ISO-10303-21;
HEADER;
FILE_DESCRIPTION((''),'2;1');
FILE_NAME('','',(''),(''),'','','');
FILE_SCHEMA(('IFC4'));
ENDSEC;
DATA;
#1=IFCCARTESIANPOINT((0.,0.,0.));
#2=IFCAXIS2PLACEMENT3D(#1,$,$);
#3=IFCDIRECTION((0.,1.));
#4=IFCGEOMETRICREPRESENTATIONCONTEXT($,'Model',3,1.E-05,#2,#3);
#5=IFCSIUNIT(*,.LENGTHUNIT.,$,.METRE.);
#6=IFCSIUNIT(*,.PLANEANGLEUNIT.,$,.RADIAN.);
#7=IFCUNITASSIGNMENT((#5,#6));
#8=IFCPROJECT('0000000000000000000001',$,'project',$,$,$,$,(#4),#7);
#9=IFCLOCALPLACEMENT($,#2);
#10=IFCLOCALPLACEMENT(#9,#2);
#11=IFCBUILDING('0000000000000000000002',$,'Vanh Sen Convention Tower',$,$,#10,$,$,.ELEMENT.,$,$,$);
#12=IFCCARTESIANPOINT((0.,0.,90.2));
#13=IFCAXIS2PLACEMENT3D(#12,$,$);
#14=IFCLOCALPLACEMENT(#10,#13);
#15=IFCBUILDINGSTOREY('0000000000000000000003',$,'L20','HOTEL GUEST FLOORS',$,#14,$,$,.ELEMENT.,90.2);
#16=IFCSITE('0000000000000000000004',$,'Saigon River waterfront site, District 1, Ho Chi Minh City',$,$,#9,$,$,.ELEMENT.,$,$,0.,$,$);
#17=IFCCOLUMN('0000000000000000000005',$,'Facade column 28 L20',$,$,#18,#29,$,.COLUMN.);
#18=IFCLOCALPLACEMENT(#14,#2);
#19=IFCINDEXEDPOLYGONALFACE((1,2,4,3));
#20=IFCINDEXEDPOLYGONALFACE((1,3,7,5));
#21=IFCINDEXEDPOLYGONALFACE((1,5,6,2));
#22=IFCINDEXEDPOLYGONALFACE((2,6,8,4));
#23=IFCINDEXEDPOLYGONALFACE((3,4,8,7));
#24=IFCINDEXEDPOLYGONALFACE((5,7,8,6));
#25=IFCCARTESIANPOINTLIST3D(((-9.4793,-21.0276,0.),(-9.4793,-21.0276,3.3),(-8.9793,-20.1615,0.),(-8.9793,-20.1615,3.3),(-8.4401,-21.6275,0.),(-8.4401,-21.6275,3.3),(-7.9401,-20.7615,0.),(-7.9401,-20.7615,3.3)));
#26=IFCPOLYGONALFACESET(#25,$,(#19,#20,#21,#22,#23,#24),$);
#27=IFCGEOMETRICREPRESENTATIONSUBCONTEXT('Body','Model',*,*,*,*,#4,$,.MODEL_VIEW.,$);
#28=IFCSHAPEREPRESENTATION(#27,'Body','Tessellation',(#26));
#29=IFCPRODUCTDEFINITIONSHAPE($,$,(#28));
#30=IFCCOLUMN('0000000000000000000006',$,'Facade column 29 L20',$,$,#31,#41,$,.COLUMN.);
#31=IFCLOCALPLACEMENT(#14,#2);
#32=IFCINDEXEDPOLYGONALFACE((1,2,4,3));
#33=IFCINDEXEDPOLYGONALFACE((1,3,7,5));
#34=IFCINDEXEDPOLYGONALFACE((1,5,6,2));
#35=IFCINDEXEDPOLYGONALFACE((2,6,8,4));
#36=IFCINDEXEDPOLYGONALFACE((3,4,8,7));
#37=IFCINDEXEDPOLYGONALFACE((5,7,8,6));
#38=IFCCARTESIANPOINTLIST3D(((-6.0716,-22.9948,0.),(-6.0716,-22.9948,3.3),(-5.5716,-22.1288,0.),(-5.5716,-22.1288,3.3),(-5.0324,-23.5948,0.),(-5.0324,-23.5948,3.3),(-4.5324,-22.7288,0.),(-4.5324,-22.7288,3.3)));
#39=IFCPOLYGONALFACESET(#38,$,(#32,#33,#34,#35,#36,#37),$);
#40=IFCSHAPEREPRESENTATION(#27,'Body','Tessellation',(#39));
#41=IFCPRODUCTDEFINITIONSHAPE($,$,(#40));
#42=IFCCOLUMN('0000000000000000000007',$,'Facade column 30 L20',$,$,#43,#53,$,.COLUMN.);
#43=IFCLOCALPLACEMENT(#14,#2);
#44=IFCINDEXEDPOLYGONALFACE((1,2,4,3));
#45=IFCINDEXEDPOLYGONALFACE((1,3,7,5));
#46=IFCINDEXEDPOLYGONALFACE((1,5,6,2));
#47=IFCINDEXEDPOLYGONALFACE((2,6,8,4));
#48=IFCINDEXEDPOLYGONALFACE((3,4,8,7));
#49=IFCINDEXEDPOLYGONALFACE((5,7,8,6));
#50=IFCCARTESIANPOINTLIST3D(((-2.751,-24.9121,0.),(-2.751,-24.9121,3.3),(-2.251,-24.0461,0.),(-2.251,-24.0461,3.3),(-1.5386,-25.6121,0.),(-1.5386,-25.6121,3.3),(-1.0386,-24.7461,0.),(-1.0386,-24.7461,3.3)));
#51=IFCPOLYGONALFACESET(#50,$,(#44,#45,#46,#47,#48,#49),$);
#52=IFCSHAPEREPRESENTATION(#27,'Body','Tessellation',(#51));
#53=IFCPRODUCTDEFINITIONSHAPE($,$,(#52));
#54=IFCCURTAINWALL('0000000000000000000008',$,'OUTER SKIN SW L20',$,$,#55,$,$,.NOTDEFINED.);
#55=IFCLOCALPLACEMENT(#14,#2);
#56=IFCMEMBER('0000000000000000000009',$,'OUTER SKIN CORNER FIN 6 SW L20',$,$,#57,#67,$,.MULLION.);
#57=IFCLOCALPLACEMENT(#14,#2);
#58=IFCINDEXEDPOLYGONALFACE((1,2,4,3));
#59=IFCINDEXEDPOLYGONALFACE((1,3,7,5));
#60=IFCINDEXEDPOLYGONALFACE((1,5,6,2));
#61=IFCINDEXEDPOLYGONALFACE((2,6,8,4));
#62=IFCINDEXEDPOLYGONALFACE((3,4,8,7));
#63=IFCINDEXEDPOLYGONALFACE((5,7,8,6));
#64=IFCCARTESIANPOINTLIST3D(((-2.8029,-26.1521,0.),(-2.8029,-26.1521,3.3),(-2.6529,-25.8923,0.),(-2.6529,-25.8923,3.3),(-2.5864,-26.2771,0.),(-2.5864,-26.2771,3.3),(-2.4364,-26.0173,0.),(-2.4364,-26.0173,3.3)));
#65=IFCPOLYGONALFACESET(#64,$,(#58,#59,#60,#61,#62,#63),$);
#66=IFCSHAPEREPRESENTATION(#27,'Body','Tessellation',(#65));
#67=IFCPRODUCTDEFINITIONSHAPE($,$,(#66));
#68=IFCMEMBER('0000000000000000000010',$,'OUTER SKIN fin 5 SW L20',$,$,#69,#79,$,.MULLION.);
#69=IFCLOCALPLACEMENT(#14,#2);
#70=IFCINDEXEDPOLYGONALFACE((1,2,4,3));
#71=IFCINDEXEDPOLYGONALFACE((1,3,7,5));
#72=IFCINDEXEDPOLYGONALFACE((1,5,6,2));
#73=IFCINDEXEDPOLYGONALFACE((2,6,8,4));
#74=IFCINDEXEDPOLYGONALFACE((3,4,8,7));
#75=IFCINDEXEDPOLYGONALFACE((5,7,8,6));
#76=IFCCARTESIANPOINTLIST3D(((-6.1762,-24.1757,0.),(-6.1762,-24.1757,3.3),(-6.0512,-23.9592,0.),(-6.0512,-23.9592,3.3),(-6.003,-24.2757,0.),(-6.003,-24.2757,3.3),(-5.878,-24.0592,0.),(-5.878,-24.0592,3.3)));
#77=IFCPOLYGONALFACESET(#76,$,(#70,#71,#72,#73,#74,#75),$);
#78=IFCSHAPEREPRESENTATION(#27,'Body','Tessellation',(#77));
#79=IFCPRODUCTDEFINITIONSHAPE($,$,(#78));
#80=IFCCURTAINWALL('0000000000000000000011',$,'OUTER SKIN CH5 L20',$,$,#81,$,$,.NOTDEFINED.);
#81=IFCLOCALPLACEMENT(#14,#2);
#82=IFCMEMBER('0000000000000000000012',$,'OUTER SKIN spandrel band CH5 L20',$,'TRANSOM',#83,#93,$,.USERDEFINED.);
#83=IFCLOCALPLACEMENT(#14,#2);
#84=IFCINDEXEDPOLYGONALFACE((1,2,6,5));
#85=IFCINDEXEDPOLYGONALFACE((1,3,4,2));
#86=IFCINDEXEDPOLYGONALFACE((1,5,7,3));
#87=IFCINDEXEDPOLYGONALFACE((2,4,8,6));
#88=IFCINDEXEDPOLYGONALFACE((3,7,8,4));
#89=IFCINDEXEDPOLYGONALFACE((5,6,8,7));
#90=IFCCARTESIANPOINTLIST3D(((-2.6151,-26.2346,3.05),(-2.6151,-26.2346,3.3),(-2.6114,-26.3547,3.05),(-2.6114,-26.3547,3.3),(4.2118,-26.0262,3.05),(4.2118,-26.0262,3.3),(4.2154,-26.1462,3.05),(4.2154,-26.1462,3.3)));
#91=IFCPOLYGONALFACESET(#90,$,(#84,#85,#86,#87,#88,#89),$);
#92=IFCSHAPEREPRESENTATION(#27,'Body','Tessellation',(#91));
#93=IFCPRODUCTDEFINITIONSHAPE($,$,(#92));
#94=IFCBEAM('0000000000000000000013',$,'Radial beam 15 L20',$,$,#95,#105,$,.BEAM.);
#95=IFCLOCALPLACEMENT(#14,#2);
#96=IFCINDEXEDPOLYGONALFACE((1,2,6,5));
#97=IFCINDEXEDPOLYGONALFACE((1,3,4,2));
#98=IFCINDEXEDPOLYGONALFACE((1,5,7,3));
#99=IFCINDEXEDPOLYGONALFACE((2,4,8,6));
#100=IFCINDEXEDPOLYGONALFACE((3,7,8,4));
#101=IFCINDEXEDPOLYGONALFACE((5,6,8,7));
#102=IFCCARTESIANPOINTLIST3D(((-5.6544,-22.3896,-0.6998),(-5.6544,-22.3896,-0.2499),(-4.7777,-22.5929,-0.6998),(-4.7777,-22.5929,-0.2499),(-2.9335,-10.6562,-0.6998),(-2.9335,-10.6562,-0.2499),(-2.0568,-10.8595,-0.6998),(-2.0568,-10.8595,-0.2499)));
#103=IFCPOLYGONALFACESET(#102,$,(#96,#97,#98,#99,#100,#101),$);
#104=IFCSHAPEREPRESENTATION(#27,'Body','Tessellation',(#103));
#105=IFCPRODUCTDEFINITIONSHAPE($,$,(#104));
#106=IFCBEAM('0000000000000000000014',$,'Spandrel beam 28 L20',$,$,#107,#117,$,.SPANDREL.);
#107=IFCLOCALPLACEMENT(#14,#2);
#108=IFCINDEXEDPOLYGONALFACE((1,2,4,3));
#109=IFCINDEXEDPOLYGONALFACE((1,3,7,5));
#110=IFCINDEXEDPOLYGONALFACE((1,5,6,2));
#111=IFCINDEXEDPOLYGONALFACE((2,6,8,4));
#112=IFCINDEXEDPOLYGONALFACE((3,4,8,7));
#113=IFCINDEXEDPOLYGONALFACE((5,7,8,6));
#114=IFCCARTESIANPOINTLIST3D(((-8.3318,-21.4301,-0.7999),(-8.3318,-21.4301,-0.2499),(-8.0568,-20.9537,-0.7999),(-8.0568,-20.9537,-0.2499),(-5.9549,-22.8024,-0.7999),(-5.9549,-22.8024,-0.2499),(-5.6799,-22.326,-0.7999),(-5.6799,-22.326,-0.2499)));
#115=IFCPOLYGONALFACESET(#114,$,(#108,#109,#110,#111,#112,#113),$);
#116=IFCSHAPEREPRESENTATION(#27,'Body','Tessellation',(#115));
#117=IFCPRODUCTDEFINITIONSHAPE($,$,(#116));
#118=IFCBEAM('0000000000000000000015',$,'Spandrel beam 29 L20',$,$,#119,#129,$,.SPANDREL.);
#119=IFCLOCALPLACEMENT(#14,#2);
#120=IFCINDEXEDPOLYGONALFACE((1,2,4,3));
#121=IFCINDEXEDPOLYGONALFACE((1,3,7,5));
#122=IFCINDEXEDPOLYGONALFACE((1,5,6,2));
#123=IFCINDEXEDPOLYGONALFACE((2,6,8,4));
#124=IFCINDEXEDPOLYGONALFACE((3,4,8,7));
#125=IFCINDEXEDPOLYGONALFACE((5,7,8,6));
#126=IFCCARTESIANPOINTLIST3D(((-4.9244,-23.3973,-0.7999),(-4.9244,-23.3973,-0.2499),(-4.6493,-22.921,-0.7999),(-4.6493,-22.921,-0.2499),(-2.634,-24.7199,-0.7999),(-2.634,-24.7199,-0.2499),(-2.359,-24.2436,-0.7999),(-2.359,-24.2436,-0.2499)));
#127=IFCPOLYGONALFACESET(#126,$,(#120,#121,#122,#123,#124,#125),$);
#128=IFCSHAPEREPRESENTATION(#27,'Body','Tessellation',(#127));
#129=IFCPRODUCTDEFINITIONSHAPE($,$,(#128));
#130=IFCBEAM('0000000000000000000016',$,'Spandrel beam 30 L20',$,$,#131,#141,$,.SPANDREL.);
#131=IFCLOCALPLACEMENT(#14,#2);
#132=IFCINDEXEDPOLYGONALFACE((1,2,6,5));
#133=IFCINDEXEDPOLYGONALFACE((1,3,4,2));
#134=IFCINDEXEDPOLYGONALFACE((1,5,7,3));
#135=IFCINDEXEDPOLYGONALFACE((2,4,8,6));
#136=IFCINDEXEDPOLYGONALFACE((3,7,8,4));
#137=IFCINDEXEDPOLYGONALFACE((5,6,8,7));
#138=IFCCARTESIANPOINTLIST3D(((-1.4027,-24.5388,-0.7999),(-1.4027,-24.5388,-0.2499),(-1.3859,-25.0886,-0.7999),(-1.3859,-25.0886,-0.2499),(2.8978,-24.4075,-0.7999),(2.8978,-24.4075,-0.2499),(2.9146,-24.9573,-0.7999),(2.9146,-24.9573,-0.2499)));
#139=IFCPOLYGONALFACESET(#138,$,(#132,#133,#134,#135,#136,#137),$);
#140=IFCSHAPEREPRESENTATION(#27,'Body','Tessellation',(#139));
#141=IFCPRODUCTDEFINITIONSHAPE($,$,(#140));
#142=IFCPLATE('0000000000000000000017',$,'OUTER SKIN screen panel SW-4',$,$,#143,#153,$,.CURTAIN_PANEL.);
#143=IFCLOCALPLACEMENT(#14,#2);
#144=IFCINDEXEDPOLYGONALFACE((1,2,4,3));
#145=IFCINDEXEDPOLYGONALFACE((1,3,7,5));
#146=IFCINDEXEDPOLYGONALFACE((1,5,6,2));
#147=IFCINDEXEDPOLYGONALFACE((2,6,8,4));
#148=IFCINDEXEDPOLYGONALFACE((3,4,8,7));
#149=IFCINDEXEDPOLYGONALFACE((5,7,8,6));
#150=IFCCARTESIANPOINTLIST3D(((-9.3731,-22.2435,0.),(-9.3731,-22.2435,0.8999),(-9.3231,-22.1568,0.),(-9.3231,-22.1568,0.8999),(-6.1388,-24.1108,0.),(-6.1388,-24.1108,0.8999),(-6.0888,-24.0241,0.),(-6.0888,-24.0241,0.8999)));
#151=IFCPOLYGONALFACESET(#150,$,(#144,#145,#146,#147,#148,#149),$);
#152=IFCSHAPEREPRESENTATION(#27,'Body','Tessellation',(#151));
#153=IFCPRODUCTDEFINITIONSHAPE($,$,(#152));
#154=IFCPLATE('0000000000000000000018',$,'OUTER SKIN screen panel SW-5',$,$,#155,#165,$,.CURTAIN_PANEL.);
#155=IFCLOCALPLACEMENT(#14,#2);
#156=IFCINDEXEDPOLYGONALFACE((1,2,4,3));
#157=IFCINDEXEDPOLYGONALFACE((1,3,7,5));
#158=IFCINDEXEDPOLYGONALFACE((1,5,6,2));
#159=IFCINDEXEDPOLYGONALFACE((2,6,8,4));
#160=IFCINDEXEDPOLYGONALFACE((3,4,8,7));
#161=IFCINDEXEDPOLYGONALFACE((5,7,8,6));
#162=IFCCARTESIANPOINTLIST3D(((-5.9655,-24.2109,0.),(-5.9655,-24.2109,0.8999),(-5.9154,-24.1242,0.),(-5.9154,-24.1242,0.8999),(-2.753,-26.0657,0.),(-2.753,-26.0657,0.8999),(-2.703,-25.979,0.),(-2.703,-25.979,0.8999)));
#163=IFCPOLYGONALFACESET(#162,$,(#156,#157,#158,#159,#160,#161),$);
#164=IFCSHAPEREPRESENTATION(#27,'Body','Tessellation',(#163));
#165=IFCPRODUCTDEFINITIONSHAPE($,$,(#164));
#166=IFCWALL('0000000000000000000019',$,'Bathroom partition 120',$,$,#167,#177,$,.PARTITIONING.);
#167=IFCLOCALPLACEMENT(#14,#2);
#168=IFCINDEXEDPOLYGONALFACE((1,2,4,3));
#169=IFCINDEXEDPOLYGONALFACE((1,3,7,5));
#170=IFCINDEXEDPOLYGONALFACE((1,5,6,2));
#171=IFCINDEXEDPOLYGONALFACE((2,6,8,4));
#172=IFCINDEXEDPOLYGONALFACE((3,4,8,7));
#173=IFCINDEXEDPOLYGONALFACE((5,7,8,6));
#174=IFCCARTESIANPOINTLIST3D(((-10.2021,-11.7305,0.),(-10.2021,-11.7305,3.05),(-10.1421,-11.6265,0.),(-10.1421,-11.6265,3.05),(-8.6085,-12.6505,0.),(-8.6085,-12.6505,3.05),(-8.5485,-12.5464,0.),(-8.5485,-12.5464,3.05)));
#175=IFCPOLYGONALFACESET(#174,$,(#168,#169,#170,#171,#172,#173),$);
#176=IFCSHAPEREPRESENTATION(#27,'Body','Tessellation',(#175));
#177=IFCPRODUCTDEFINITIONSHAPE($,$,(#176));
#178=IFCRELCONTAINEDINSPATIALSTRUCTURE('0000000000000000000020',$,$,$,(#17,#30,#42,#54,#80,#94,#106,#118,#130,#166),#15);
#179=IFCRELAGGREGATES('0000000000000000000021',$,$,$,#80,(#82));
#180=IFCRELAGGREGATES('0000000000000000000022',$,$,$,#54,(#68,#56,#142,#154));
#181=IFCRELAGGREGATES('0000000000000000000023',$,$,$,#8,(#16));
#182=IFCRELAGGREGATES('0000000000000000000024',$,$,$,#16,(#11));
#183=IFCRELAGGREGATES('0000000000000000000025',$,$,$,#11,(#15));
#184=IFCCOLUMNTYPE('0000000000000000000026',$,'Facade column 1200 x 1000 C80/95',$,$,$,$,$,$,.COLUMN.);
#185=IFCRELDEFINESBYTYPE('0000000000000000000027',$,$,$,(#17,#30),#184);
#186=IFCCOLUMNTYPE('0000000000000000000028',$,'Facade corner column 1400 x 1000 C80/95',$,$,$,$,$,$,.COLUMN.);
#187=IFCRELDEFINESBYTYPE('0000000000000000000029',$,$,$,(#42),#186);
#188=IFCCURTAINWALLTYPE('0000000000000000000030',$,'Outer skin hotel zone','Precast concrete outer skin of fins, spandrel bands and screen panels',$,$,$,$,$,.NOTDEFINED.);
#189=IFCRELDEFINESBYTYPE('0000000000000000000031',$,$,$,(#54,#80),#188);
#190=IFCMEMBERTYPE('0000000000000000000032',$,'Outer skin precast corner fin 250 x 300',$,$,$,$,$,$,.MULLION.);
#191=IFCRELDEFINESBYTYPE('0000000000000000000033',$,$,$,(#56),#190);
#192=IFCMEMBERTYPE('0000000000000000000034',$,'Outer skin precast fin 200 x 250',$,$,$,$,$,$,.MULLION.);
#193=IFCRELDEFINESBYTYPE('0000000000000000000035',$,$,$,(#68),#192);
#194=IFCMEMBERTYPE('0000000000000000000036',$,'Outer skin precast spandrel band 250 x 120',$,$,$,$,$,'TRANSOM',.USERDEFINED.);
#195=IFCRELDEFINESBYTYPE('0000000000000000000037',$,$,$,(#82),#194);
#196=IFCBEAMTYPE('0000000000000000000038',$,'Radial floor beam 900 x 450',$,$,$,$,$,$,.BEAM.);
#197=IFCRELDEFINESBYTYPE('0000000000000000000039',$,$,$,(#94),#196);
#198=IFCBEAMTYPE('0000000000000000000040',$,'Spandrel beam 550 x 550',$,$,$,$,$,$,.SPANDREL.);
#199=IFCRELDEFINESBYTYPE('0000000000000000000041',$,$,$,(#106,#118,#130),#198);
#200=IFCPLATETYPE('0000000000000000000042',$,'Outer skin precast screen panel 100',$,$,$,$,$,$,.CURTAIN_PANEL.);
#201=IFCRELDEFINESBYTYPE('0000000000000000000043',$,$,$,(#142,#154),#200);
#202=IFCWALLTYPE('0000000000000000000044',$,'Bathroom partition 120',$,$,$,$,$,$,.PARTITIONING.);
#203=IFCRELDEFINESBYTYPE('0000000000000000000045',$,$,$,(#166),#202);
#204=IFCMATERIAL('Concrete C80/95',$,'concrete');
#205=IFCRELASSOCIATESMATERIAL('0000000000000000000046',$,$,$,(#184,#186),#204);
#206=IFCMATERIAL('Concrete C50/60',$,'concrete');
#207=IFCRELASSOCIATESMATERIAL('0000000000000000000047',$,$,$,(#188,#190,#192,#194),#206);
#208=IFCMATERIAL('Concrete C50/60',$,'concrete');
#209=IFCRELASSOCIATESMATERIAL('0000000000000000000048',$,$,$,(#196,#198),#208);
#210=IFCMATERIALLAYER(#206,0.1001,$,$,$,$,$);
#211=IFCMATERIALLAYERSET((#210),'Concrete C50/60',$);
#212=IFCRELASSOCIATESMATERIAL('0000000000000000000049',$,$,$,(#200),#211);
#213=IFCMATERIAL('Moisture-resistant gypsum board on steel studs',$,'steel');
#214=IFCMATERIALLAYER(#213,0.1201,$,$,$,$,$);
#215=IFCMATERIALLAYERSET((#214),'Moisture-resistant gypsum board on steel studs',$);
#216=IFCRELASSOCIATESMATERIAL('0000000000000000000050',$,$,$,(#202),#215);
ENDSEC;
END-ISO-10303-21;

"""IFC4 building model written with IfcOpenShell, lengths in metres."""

from ifc_helpers import new_model, si_unit, direction, frame, frame_2d, origin, origin_2d, place, context, subcontext, project, spatial, rectangle, extrude, material, layer, layer_set, material_profile, profile_set, type_object, element, aggregate, save


model = new_model("IFC4")

# Units and contexts
model_context = context("Model", 3, precision=1e-05, world=origin(), true_north=direction((0.0, 1.0)))
body_context = subcontext(model_context, "Body", "Model", "MODEL_VIEW")
ifc_project = project(units=[si_unit("LENGTHUNIT", "METRE"), si_unit("PLANEANGLEUNIT", "RADIAN")], contexts=[model_context])

# Site, building, storey
site_placement = place(None, origin())
site = spatial("IfcSite", under=ifc_project, at=site_placement, Name="Saigon River waterfront site, District 1, Ho Chi Minh City", CompositionType="ELEMENT", RefElevation=0.0)
building_placement = place(site_placement, origin())
building = spatial("IfcBuilding", under=site, at=building_placement, Name="Vanh Sen Convention Tower", CompositionType="ELEMENT")
storey_placement = place(building_placement, frame((0.0, 0.0, 90.2)))
storey = spatial("IfcBuildingStorey", under=building, at=storey_placement, Name="L20", Description="HOTEL GUEST FLOORS", CompositionType="ELEMENT", Elevation=90.2)

# Columns
ifc_material_1 = material(Name="Concrete C80/95", Category="concrete")
ifc_material_profile_1 = material_profile(ifc_material_1, rectangle(XDim=1.2, YDim=1.0, at=origin_2d()), Name="RC 1200X1000")
ifc_profile_set_1 = profile_set([ifc_material_profile_1], Name="Concrete C80/95")
column_type_1 = type_object("IfcColumnType", Name="Facade column 1200 x 1000 C80/95", PredefinedType="COLUMN", material=ifc_profile_set_1)
for number, where, z_axis, x_axis, name in (
    (1, (-8.7097, -20.8945, 0.0), (0.0, 0.0, 1.0), (0.866025, -0.5, 0.0), "Facade column 28 L20"),
    (2, (-5.302, -22.8618, 0.0), (0.0, 0.0, 1.0), (0.866025, -0.5, 0.0), "Facade column 29 L20"),
):
    element("IfcColumn", number, at=place(storey_placement, frame(where, z_axis=z_axis, x_axis=x_axis)), inside=storey, type_object=column_type_1, Name=name, PredefinedType="COLUMN", context=body_context, shape_type="SweptSolid", body=[
        extrude(rectangle(XDim=1.2, YDim=1.0, at=origin_2d()), origin(), (0.0, 0.0, 1.0), 3.3),
    ])
ifc_material_profile_2 = material_profile(ifc_material_1, rectangle(XDim=1.3999, YDim=1.0, at=origin_2d()), Name="RC 1400X1000")
ifc_profile_set_2 = profile_set([ifc_material_profile_2], Name="Concrete C80/95")
column_type_2 = type_object("IfcColumnType", Name="Facade corner column 1400 x 1000 C80/95", PredefinedType="COLUMN", material=ifc_profile_set_2)
column_placement = place(storey_placement, frame((-1.8948, -24.8291, 0.0), z_axis=(0.0, 0.0, 1.0), x_axis=(0.866025, -0.5, 0.0)))
element("IfcColumn", 3, at=column_placement, inside=storey, type_object=column_type_2, Name="Facade column 30 L20", PredefinedType="COLUMN", context=body_context, shape_type="SweptSolid", body=[
    extrude(rectangle(XDim=1.3999, YDim=1.0, at=origin_2d()), origin(), (0.0, 0.0, 1.0), 3.3),
])

# Curtain wall, members
ifc_material_2 = material(Name="Concrete C50/60", Category="concrete")
curtain_wall_type = type_object("IfcCurtainWallType", Name="Outer skin hotel zone", Description="Precast concrete outer skin of fins, spandrel bands and screen panels", PredefinedType="NOTDEFINED", material=ifc_material_2)
curtain_wall_1_placement = place(storey_placement, origin())
curtain_wall_1 = element("IfcCurtainWall", 4, at=curtain_wall_1_placement, inside=storey, type_object=curtain_wall_type, Name="OUTER SKIN SW L20", PredefinedType="NOTDEFINED")
ifc_material_profile_3 = material_profile(ifc_material_2, rectangle(XDim=0.25, YDim=0.3, at=origin_2d()), Name="Outer skin precast corner fin 250 x 300")
ifc_profile_set_3 = profile_set([ifc_material_profile_3], Name="Concrete C50/60")
member_type_1 = type_object("IfcMemberType", Name="Outer skin precast corner fin 250 x 300", PredefinedType="MULLION", material=ifc_profile_set_3)
member_1_placement = place(storey_placement, frame((-2.6196, -26.0847, 0.0), z_axis=(0.0, 0.0, 1.0), x_axis=(0.866025, -0.5, 0.0)))
member_1 = element("IfcMember", 5, at=member_1_placement, type_object=member_type_1, Name="OUTER SKIN CORNER FIN 6 SW L20", PredefinedType="MULLION", context=body_context, shape_type="SweptSolid", body=[
    extrude(rectangle(XDim=0.25, YDim=0.3, at=origin_2d()), origin(), (0.0, 0.0, 1.0), 3.3),
])
ifc_material_profile_4 = material_profile(ifc_material_2, rectangle(XDim=0.2, YDim=0.25, at=origin_2d()), Name="Outer skin precast fin 200 x 250")
ifc_profile_set_4 = profile_set([ifc_material_profile_4], Name="Concrete C50/60")
member_type_2 = type_object("IfcMemberType", Name="Outer skin precast fin 200 x 250", PredefinedType="MULLION", material=ifc_profile_set_4)
member_2_placement = place(storey_placement, frame((-6.0271, -24.1174, 0.0), z_axis=(0.0, 0.0, 1.0), x_axis=(0.866025, -0.5, 0.0)))
member_2 = element("IfcMember", 6, at=member_2_placement, type_object=member_type_2, Name="OUTER SKIN fin 5 SW L20", PredefinedType="MULLION", context=body_context, shape_type="SweptSolid", body=[
    extrude(rectangle(XDim=0.2, YDim=0.25, at=origin_2d()), origin(), (0.0, 0.0, 1.0), 3.3),
])

# Curtain wall, member
curtain_wall_2_placement = place(storey_placement, origin())
curtain_wall_2 = element("IfcCurtainWall", 7, at=curtain_wall_2_placement, inside=storey, type_object=curtain_wall_type, Name="OUTER SKIN CH5 L20", PredefinedType="NOTDEFINED")
ifc_material_profile_5 = material_profile(ifc_material_2, rectangle(XDim=0.1201, YDim=0.25, at=origin_2d()), Name="Outer skin precast spandrel band 250 x 120")
ifc_profile_set_5 = profile_set([ifc_material_profile_5], Name="Concrete C50/60")
member_type_3 = type_object("IfcMemberType", Name="Outer skin precast spandrel band 250 x 120", ElementType="TRANSOM", PredefinedType="USERDEFINED", material=ifc_profile_set_5)
member_3_placement = place(storey_placement, frame((-2.6133, -26.2947, 3.175), z_axis=(0.999534, 0.030526, 0.0), x_axis=(-0.030526, 0.999534, 0.0)))
member_3 = element("IfcMember", 8, at=member_3_placement, type_object=member_type_3, Name="OUTER SKIN spandrel band CH5 L20", ObjectType="TRANSOM", PredefinedType="USERDEFINED", context=body_context, shape_type="SweptSolid", body=[
    extrude(rectangle(XDim=0.1201, YDim=0.25, at=origin_2d()), origin(), (0.0, 0.0, 1.0), 6.8301),
])
aggregate(curtain_wall_2, [member_3])

# Beams
ifc_material_3 = material(Name="Concrete C50/60", Category="concrete")
ifc_material_profile_6 = material_profile(ifc_material_3, rectangle(XDim=0.8999, YDim=0.45, at=origin_2d()), Name="RC 900X450")
ifc_profile_set_6 = profile_set([ifc_material_profile_6], Name="Concrete C50/60")
beam_type_1 = type_object("IfcBeamType", Name="Radial floor beam 900 x 450", PredefinedType="BEAM", material=ifc_profile_set_6)
beam_1_placement = place(storey_placement, frame((-5.2161, -22.4912, -0.4749), z_axis=(0.225903, 0.97415, 0.0), x_axis=(-0.97415, 0.225903, 0.0)))
element("IfcBeam", 9, at=beam_1_placement, inside=storey, type_object=beam_type_1, Name="Radial beam 15 L20", PredefinedType="BEAM", context=body_context, shape_type="SweptSolid", body=[
    extrude(rectangle(XDim=0.8999, YDim=0.45, at=origin_2d()), origin(), (0.0, 0.0, 1.0), 12.0447),
])
ifc_material_profile_7 = material_profile(ifc_material_3, rectangle(XDim=0.55, YDim=0.55, at=origin_2d()), Name="RC 550X550")
ifc_profile_set_7 = profile_set([ifc_material_profile_7], Name="Concrete C50/60")
beam_type_2 = type_object("IfcBeamType", Name="Spandrel beam 550 x 550", PredefinedType="SPANDREL", material=ifc_profile_set_7)
beam_2_placement = place(storey_placement, frame((-8.1943, -21.1919, -0.5249), z_axis=(0.866029, -0.499995, 0.0), x_axis=(0.499995, 0.866029, 0.0)))
element("IfcBeam", 10, at=beam_2_placement, inside=storey, type_object=beam_type_2, Name="Spandrel beam 28 L20", PredefinedType="SPANDREL", context=body_context, shape_type="SweptSolid", body=[
    extrude(rectangle(XDim=0.55, YDim=0.55, at=origin_2d()), origin(), (0.0, 0.0, 1.0), 2.7446),
])
beam_3_placement = place(storey_placement, frame((-4.7869, -23.1592, -0.5249), z_axis=(0.86599, -0.500061, 0.0), x_axis=(0.500061, 0.86599, 0.0)))
element("IfcBeam", 11, at=beam_3_placement, inside=storey, type_object=beam_type_2, Name="Spandrel beam 29 L20", PredefinedType="SPANDREL", context=body_context, shape_type="SweptSolid", body=[
    extrude(rectangle(XDim=0.55, YDim=0.55, at=origin_2d()), origin(), (0.0, 0.0, 1.0), 2.6448),
])
beam_4_placement = place(storey_placement, frame((-1.3943, -24.8137, -0.5249), z_axis=(0.999534, 0.030528, 0.0), x_axis=(-0.030528, 0.999534, 0.0)))
element("IfcBeam", 12, at=beam_4_placement, inside=storey, type_object=beam_type_2, Name="Spandrel beam 30 L20", PredefinedType="SPANDREL", context=body_context, shape_type="SweptSolid", body=[
    extrude(rectangle(XDim=0.55, YDim=0.55, at=origin_2d()), origin(), (0.0, 0.0, 1.0), 4.3025),
])

# Plates
ifc_layer_1 = layer(ifc_material_2, 0.1001)
ifc_layer_set_1 = layer_set([ifc_layer_1], Name="Concrete C50/60")
plate_type = type_object("IfcPlateType", Name="Outer skin precast screen panel 100", PredefinedType="CURTAIN_PANEL", material=ifc_layer_set_1)
plate_1_placement = place(storey_placement, frame((-7.731, -23.1338, 0.0), z_axis=(0.0, 0.0, 1.0), x_axis=(0.866028, -0.499995, 0.0)))
plate_1 = element("IfcPlate", 13, at=plate_1_placement, type_object=plate_type, Name="OUTER SKIN screen panel SW-4", PredefinedType="CURTAIN_PANEL", context=body_context, shape_type="SweptSolid", body=[
    extrude(rectangle(XDim=3.7346, YDim=0.1001, at=origin_2d()), origin(), (0.0, 0.0, 1.0), 0.8999),
])
plate_2_placement = place(storey_placement, frame((-4.3342, -25.095, 0.0), z_axis=(0.0, 0.0, 1.0), x_axis=(0.866021, -0.500008, 0.0)))
plate_2 = element("IfcPlate", 14, at=plate_2_placement, type_object=plate_type, Name="OUTER SKIN screen panel SW-5", PredefinedType="CURTAIN_PANEL", context=body_context, shape_type="SweptSolid", body=[
    extrude(rectangle(XDim=3.7095, YDim=0.1001, at=origin_2d()), origin(), (0.0, 0.0, 1.0), 0.8999),
])
aggregate(curtain_wall_1, [member_2, member_1, plate_1, plate_2])

# Wall
ifc_material_4 = material(Name="Moisture-resistant gypsum board on steel studs", Category="steel")
ifc_layer_2 = layer(ifc_material_4, 0.1201)
ifc_layer_set_2 = layer_set([ifc_layer_2], Name="Moisture-resistant gypsum board on steel studs")
wall_type_1 = type_object("IfcWallType", Name="Bathroom partition 120", PredefinedType="PARTITIONING", material=ifc_layer_set_2)
for number, where, z_axis, x_axis, name in (
    (15, (-8.5786, -12.5984, 0.0), (0.0, 0.0, 1.0), (-0.866046, 0.499964, 0.0), "Bathroom partition 120"),
):
    element("IfcWall", number, at=place(storey_placement, frame(where, z_axis=z_axis, x_axis=x_axis)), inside=storey, type_object=wall_type_1, Name=name, PredefinedType="PARTITIONING", context=body_context, shape_type="SweptSolid", body=[
        extrude(rectangle(XDim=1.8401, YDim=0.1201, at=frame_2d((0.9199, 0.0))), origin(), (0.0, 0.0, 1.0), 3.05),
    ])

save(model, "model.ifc")
